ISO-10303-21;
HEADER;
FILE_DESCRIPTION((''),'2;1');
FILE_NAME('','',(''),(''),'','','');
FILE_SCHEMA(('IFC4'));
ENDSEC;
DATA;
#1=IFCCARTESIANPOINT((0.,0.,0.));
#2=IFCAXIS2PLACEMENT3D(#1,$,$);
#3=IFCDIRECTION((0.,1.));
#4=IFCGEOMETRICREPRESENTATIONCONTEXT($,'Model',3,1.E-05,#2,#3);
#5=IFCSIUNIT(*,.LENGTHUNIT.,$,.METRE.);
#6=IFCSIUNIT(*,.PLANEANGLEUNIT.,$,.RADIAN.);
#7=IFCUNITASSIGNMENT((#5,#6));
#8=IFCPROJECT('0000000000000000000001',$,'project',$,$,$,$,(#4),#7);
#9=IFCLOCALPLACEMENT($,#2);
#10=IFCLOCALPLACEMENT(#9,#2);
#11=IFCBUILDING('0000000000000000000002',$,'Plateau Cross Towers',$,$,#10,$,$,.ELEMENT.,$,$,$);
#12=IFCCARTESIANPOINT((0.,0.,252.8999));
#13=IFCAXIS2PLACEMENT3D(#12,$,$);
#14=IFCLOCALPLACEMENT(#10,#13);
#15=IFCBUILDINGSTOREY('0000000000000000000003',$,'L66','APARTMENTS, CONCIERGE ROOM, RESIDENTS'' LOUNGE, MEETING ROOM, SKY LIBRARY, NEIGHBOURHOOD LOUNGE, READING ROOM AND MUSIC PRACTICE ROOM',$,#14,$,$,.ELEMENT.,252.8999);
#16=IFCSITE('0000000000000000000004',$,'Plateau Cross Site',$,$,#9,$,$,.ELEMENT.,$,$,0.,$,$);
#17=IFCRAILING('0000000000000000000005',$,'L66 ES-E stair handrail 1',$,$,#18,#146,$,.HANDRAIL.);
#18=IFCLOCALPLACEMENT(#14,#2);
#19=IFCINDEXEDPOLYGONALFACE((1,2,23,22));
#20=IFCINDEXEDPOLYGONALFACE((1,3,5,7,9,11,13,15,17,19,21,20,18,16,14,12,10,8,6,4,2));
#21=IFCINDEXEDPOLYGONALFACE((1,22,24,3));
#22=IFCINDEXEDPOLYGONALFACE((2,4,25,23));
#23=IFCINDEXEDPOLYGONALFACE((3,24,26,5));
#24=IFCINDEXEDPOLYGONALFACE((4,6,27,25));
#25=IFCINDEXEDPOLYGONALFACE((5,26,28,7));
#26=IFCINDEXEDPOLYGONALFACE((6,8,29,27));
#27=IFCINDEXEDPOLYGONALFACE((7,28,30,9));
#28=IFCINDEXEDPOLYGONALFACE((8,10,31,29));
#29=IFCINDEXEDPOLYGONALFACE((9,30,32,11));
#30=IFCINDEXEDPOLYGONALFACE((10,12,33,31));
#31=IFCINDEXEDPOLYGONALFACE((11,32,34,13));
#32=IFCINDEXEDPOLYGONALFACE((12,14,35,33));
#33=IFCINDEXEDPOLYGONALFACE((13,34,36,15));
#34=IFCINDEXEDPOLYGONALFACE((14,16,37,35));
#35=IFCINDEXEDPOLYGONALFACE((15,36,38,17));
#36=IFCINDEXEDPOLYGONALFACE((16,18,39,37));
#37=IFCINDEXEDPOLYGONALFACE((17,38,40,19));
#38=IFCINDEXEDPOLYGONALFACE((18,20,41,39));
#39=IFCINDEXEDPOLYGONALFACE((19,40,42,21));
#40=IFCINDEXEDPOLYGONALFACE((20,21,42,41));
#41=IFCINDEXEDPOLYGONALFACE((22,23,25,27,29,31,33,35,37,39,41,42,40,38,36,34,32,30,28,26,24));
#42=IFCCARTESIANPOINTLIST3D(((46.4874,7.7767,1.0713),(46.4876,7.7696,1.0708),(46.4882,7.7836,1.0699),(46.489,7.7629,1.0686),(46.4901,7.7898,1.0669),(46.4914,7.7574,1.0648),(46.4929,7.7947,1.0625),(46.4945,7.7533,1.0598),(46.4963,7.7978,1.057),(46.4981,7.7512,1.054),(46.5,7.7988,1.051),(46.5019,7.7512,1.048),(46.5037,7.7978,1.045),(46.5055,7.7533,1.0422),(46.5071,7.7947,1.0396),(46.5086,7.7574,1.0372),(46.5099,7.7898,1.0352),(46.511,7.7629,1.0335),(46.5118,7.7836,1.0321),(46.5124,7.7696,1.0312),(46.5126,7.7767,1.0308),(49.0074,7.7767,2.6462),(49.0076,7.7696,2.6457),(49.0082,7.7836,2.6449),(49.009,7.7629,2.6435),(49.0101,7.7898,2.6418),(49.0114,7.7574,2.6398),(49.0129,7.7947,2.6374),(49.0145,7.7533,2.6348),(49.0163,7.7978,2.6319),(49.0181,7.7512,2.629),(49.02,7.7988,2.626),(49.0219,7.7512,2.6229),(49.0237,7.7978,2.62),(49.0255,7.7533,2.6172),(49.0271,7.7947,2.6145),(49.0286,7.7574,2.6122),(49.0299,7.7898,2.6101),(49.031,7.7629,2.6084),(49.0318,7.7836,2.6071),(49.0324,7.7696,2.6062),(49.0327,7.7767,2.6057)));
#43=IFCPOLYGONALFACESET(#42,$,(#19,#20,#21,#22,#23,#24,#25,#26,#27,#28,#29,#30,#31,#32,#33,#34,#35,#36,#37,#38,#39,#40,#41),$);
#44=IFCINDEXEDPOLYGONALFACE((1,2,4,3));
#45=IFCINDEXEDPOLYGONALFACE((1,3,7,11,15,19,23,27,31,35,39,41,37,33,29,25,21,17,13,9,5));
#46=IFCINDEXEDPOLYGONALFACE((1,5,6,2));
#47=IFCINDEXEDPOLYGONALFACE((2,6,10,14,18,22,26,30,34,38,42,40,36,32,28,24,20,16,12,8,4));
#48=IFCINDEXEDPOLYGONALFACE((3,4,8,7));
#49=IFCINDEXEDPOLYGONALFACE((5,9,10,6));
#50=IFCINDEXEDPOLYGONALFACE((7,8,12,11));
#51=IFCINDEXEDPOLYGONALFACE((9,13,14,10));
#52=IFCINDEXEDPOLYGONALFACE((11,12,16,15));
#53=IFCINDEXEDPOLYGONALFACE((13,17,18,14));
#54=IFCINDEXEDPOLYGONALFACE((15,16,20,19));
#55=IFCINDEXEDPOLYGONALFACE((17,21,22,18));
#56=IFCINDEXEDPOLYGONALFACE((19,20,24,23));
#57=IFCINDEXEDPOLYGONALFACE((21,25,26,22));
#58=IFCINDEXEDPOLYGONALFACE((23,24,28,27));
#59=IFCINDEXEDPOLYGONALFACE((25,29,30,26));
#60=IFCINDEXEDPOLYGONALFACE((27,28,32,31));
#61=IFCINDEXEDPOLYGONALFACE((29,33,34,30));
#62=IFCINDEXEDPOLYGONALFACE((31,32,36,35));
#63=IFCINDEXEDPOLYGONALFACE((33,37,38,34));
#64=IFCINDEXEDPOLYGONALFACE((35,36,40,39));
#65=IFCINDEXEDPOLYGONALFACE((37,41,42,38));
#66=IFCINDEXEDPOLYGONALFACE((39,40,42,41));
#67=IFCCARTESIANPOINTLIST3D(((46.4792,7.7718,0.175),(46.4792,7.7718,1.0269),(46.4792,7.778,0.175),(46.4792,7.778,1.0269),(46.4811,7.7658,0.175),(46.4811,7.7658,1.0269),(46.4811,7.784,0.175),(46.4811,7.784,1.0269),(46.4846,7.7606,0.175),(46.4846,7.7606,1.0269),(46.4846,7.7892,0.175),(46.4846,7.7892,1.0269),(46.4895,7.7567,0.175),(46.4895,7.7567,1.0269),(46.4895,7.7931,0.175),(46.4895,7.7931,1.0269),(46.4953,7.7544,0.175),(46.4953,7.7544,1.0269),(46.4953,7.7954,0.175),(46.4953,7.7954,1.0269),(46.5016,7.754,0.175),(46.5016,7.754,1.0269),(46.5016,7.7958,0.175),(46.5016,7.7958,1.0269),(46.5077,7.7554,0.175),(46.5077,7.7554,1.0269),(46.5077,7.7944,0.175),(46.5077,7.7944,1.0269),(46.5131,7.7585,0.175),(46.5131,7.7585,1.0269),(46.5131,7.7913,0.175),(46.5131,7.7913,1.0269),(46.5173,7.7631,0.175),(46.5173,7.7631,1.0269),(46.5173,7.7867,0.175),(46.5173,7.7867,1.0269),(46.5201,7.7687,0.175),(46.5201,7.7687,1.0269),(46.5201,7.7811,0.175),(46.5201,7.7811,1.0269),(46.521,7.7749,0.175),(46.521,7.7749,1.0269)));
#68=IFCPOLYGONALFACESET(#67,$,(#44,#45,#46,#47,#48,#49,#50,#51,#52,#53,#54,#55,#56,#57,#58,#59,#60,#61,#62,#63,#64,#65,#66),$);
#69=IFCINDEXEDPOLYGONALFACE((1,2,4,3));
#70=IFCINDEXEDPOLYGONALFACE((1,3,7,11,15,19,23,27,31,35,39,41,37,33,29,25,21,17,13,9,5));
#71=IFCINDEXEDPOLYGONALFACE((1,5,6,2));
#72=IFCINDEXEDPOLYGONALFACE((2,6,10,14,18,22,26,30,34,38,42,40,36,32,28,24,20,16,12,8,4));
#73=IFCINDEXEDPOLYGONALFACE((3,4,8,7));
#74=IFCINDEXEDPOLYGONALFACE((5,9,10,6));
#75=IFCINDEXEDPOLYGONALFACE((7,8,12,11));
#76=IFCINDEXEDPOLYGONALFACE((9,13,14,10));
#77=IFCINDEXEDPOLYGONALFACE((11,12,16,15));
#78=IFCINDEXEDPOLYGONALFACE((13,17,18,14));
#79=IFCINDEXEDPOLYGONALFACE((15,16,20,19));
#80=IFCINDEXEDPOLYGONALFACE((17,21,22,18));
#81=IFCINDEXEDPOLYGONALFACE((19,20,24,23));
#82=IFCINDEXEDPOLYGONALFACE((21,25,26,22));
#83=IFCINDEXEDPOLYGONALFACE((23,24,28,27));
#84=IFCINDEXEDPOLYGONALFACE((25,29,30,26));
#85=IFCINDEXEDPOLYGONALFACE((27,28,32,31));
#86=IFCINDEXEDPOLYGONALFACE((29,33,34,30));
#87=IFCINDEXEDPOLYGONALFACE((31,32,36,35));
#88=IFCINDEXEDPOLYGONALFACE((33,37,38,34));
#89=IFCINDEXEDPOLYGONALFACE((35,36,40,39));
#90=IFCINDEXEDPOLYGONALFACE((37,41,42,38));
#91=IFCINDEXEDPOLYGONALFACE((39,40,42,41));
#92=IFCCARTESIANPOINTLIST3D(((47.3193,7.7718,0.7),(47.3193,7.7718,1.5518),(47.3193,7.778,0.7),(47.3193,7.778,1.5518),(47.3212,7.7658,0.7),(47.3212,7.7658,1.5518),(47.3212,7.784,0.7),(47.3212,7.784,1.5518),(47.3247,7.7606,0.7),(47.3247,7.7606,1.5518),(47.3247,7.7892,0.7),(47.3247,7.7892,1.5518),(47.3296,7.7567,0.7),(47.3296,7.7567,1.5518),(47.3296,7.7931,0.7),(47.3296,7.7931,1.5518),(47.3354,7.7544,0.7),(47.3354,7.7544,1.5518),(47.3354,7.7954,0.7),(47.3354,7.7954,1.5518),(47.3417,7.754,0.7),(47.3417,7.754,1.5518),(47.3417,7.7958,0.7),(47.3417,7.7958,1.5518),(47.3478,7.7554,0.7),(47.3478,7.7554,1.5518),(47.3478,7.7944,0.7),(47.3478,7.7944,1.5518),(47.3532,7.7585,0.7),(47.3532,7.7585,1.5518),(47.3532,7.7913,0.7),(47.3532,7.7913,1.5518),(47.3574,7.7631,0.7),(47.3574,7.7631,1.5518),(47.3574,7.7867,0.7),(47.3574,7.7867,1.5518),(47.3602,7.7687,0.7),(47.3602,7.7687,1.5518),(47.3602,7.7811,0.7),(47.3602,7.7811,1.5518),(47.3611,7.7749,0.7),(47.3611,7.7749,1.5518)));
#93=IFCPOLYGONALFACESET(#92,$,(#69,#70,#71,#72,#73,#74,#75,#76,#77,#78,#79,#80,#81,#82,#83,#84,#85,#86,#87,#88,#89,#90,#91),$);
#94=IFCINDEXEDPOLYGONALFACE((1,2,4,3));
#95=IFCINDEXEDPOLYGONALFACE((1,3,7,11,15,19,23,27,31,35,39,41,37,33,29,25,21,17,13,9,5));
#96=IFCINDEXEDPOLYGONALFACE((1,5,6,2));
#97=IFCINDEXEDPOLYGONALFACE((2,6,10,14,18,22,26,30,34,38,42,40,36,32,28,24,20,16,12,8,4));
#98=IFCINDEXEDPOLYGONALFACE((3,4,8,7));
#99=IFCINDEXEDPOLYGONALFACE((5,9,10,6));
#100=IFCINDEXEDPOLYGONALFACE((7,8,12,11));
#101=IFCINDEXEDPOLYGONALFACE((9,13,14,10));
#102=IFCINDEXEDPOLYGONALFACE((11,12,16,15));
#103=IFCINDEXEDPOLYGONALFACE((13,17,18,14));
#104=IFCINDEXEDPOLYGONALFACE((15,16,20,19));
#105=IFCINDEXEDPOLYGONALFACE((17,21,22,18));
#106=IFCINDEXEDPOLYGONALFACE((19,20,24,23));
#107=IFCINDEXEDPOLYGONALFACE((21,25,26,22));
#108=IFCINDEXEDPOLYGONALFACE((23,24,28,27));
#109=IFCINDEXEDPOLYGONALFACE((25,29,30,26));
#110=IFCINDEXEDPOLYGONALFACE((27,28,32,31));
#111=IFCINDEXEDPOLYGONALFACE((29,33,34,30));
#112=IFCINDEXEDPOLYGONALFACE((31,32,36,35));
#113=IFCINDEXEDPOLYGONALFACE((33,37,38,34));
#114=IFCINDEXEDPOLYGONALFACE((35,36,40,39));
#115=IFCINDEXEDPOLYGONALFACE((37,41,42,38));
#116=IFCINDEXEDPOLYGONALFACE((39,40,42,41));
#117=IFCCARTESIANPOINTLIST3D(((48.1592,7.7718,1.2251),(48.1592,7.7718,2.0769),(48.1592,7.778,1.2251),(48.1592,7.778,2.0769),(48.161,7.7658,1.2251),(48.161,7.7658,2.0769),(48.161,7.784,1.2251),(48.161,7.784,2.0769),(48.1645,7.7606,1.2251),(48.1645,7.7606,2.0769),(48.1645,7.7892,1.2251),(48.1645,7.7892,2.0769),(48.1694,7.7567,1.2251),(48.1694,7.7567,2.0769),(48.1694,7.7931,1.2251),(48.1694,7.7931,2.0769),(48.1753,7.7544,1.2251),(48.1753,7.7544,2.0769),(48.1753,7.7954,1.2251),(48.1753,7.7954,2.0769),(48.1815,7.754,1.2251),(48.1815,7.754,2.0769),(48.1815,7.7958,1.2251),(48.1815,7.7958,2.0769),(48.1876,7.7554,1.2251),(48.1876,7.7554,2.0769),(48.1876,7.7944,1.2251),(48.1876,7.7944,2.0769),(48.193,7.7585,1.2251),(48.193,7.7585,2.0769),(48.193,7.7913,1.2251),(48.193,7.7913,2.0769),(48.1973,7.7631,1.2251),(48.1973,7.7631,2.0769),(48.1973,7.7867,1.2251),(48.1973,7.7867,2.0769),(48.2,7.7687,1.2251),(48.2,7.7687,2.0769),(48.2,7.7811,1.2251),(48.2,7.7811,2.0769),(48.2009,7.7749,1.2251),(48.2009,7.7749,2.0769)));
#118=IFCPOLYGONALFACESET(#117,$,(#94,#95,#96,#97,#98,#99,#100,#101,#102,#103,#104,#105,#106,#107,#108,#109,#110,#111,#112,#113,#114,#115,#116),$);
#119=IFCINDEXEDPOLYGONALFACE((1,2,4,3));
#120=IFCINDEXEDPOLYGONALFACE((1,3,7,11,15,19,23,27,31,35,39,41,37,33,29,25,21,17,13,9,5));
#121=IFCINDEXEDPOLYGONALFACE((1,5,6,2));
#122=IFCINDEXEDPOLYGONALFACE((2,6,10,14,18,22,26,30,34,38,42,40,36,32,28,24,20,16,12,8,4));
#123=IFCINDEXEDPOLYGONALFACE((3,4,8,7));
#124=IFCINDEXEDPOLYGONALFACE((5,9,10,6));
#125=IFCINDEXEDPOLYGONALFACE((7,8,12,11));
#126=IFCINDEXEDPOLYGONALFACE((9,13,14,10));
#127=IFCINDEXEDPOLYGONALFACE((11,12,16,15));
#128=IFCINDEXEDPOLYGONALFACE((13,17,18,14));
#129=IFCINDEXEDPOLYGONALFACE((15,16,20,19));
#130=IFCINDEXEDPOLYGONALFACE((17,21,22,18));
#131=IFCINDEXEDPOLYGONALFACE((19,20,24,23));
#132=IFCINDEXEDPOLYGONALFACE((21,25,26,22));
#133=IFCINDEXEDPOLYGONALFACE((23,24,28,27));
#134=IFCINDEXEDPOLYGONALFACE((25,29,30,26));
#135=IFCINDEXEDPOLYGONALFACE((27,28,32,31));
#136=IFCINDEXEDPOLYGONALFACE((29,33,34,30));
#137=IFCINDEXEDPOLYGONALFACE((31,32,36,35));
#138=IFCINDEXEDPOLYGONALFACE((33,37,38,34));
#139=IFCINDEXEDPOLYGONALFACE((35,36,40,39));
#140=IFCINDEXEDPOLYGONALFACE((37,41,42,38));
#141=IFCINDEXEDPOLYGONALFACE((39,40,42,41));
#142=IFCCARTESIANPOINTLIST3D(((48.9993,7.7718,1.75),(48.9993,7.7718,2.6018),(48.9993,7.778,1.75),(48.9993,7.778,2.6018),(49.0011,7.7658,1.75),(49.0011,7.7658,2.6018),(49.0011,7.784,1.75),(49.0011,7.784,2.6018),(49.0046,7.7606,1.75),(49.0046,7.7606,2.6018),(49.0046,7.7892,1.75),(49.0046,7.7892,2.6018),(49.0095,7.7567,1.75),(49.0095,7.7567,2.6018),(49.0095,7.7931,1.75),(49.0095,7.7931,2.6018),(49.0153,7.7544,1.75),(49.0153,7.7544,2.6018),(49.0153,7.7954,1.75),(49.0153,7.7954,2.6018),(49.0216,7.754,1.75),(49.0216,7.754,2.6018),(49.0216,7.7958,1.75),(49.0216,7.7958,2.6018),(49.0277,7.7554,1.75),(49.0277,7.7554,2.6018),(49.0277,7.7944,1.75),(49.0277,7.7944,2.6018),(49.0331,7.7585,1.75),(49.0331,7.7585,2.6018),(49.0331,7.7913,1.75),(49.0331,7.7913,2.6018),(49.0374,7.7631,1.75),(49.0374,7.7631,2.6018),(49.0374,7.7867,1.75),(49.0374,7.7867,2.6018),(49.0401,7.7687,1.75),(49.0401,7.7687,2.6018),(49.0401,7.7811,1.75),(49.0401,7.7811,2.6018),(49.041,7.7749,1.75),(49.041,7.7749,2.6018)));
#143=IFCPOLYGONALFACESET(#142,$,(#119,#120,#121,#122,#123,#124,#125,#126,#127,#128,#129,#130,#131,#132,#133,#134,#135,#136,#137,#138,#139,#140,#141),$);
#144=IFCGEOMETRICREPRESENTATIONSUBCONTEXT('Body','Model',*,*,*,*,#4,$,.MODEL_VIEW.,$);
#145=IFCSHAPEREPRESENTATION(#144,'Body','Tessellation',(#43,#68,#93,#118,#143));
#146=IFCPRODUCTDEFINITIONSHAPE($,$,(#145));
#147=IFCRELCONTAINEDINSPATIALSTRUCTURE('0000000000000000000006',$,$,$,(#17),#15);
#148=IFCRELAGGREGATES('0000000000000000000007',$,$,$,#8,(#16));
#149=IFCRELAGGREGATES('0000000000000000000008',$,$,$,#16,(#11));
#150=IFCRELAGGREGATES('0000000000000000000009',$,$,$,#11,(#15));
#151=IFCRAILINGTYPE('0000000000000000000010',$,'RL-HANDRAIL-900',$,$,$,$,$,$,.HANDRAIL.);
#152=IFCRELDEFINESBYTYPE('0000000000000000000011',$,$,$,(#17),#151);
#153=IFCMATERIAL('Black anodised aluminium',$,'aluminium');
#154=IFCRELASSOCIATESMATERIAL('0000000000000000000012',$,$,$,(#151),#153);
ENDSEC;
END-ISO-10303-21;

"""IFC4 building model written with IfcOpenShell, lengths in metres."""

from ifc_helpers import new_model, si_unit, direction, frame, origin, origin_2d, place, context, subcontext, project, spatial, circle, extrude, material, type_object, element, save


model = new_model("IFC4")

# Units and contexts
model_context = context("Model", 3, precision=1e-05, world=origin(), true_north=direction((0.0, 1.0)))
body_context = subcontext(model_context, "Body", "Model", "MODEL_VIEW")
ifc_project = project(units=[si_unit("LENGTHUNIT", "METRE"), si_unit("PLANEANGLEUNIT", "RADIAN")], contexts=[model_context])

# Site, building, storey
site_placement = place(None, origin())
site = spatial("IfcSite", under=ifc_project, at=site_placement, Name="Plateau Cross Site", CompositionType="ELEMENT", RefElevation=0.0)
building_placement = place(site_placement, origin())
building = spatial("IfcBuilding", under=site, at=building_placement, Name="Plateau Cross Towers", CompositionType="ELEMENT")
storey_placement = place(building_placement, frame((0.0, 0.0, 252.8999)))
storey = spatial("IfcBuildingStorey", under=building, at=storey_placement, Name="L66", Description="APARTMENTS, CONCIERGE ROOM, RESIDENTS' LOUNGE, MEETING ROOM, SKY LIBRARY, NEIGHBOURHOOD LOUNGE, READING ROOM AND MUSIC PRACTICE ROOM", CompositionType="ELEMENT", Elevation=252.8999)

# Shared definitions
ifc_material_1 = material(Name="Black anodised aluminium", Category="aluminium")

# Railing
railing_type_1 = type_object("IfcRailingType", Name="RL-HANDRAIL-900", PredefinedType="HANDRAIL", material=ifc_material_1)
railing_placement = place(storey_placement, frame((46.5, 7.7749, 0.175)))
element("IfcRailing", 1, at=railing_placement, inside=storey, type_object=railing_type_1, Name="L66 ES-E stair handrail 1", PredefinedType="HANDRAIL", context=body_context, shape_type="SweptSolid", body=[
    extrude(circle(Radius=0.0239, at=origin_2d()), frame((0.0, 0.0, 0.876), z_axis=(0.848008, 0.0, 0.529984), x_axis=(0.0, 1.0, 0.0)), (0.0, 0.0, 1.0), 2.9717),
    extrude(circle(Radius=0.021, at=origin_2d()), origin(), (0.0, 0.0, 1.0), 0.8518),
    extrude(circle(Radius=0.021, at=origin_2d()), frame((0.8401, 0.0, 0.5249)), (0.0, 0.0, 1.0), 0.8518),
    extrude(circle(Radius=0.021, at=origin_2d()), frame((1.6799, 0.0, 1.05)), (0.0, 0.0, 1.0), 0.8518),
    extrude(circle(Radius=0.021, at=origin_2d()), frame((2.52, 0.0, 1.575)), (0.0, 0.0, 1.0), 0.8518),
])

save(model, "model.ifc")
